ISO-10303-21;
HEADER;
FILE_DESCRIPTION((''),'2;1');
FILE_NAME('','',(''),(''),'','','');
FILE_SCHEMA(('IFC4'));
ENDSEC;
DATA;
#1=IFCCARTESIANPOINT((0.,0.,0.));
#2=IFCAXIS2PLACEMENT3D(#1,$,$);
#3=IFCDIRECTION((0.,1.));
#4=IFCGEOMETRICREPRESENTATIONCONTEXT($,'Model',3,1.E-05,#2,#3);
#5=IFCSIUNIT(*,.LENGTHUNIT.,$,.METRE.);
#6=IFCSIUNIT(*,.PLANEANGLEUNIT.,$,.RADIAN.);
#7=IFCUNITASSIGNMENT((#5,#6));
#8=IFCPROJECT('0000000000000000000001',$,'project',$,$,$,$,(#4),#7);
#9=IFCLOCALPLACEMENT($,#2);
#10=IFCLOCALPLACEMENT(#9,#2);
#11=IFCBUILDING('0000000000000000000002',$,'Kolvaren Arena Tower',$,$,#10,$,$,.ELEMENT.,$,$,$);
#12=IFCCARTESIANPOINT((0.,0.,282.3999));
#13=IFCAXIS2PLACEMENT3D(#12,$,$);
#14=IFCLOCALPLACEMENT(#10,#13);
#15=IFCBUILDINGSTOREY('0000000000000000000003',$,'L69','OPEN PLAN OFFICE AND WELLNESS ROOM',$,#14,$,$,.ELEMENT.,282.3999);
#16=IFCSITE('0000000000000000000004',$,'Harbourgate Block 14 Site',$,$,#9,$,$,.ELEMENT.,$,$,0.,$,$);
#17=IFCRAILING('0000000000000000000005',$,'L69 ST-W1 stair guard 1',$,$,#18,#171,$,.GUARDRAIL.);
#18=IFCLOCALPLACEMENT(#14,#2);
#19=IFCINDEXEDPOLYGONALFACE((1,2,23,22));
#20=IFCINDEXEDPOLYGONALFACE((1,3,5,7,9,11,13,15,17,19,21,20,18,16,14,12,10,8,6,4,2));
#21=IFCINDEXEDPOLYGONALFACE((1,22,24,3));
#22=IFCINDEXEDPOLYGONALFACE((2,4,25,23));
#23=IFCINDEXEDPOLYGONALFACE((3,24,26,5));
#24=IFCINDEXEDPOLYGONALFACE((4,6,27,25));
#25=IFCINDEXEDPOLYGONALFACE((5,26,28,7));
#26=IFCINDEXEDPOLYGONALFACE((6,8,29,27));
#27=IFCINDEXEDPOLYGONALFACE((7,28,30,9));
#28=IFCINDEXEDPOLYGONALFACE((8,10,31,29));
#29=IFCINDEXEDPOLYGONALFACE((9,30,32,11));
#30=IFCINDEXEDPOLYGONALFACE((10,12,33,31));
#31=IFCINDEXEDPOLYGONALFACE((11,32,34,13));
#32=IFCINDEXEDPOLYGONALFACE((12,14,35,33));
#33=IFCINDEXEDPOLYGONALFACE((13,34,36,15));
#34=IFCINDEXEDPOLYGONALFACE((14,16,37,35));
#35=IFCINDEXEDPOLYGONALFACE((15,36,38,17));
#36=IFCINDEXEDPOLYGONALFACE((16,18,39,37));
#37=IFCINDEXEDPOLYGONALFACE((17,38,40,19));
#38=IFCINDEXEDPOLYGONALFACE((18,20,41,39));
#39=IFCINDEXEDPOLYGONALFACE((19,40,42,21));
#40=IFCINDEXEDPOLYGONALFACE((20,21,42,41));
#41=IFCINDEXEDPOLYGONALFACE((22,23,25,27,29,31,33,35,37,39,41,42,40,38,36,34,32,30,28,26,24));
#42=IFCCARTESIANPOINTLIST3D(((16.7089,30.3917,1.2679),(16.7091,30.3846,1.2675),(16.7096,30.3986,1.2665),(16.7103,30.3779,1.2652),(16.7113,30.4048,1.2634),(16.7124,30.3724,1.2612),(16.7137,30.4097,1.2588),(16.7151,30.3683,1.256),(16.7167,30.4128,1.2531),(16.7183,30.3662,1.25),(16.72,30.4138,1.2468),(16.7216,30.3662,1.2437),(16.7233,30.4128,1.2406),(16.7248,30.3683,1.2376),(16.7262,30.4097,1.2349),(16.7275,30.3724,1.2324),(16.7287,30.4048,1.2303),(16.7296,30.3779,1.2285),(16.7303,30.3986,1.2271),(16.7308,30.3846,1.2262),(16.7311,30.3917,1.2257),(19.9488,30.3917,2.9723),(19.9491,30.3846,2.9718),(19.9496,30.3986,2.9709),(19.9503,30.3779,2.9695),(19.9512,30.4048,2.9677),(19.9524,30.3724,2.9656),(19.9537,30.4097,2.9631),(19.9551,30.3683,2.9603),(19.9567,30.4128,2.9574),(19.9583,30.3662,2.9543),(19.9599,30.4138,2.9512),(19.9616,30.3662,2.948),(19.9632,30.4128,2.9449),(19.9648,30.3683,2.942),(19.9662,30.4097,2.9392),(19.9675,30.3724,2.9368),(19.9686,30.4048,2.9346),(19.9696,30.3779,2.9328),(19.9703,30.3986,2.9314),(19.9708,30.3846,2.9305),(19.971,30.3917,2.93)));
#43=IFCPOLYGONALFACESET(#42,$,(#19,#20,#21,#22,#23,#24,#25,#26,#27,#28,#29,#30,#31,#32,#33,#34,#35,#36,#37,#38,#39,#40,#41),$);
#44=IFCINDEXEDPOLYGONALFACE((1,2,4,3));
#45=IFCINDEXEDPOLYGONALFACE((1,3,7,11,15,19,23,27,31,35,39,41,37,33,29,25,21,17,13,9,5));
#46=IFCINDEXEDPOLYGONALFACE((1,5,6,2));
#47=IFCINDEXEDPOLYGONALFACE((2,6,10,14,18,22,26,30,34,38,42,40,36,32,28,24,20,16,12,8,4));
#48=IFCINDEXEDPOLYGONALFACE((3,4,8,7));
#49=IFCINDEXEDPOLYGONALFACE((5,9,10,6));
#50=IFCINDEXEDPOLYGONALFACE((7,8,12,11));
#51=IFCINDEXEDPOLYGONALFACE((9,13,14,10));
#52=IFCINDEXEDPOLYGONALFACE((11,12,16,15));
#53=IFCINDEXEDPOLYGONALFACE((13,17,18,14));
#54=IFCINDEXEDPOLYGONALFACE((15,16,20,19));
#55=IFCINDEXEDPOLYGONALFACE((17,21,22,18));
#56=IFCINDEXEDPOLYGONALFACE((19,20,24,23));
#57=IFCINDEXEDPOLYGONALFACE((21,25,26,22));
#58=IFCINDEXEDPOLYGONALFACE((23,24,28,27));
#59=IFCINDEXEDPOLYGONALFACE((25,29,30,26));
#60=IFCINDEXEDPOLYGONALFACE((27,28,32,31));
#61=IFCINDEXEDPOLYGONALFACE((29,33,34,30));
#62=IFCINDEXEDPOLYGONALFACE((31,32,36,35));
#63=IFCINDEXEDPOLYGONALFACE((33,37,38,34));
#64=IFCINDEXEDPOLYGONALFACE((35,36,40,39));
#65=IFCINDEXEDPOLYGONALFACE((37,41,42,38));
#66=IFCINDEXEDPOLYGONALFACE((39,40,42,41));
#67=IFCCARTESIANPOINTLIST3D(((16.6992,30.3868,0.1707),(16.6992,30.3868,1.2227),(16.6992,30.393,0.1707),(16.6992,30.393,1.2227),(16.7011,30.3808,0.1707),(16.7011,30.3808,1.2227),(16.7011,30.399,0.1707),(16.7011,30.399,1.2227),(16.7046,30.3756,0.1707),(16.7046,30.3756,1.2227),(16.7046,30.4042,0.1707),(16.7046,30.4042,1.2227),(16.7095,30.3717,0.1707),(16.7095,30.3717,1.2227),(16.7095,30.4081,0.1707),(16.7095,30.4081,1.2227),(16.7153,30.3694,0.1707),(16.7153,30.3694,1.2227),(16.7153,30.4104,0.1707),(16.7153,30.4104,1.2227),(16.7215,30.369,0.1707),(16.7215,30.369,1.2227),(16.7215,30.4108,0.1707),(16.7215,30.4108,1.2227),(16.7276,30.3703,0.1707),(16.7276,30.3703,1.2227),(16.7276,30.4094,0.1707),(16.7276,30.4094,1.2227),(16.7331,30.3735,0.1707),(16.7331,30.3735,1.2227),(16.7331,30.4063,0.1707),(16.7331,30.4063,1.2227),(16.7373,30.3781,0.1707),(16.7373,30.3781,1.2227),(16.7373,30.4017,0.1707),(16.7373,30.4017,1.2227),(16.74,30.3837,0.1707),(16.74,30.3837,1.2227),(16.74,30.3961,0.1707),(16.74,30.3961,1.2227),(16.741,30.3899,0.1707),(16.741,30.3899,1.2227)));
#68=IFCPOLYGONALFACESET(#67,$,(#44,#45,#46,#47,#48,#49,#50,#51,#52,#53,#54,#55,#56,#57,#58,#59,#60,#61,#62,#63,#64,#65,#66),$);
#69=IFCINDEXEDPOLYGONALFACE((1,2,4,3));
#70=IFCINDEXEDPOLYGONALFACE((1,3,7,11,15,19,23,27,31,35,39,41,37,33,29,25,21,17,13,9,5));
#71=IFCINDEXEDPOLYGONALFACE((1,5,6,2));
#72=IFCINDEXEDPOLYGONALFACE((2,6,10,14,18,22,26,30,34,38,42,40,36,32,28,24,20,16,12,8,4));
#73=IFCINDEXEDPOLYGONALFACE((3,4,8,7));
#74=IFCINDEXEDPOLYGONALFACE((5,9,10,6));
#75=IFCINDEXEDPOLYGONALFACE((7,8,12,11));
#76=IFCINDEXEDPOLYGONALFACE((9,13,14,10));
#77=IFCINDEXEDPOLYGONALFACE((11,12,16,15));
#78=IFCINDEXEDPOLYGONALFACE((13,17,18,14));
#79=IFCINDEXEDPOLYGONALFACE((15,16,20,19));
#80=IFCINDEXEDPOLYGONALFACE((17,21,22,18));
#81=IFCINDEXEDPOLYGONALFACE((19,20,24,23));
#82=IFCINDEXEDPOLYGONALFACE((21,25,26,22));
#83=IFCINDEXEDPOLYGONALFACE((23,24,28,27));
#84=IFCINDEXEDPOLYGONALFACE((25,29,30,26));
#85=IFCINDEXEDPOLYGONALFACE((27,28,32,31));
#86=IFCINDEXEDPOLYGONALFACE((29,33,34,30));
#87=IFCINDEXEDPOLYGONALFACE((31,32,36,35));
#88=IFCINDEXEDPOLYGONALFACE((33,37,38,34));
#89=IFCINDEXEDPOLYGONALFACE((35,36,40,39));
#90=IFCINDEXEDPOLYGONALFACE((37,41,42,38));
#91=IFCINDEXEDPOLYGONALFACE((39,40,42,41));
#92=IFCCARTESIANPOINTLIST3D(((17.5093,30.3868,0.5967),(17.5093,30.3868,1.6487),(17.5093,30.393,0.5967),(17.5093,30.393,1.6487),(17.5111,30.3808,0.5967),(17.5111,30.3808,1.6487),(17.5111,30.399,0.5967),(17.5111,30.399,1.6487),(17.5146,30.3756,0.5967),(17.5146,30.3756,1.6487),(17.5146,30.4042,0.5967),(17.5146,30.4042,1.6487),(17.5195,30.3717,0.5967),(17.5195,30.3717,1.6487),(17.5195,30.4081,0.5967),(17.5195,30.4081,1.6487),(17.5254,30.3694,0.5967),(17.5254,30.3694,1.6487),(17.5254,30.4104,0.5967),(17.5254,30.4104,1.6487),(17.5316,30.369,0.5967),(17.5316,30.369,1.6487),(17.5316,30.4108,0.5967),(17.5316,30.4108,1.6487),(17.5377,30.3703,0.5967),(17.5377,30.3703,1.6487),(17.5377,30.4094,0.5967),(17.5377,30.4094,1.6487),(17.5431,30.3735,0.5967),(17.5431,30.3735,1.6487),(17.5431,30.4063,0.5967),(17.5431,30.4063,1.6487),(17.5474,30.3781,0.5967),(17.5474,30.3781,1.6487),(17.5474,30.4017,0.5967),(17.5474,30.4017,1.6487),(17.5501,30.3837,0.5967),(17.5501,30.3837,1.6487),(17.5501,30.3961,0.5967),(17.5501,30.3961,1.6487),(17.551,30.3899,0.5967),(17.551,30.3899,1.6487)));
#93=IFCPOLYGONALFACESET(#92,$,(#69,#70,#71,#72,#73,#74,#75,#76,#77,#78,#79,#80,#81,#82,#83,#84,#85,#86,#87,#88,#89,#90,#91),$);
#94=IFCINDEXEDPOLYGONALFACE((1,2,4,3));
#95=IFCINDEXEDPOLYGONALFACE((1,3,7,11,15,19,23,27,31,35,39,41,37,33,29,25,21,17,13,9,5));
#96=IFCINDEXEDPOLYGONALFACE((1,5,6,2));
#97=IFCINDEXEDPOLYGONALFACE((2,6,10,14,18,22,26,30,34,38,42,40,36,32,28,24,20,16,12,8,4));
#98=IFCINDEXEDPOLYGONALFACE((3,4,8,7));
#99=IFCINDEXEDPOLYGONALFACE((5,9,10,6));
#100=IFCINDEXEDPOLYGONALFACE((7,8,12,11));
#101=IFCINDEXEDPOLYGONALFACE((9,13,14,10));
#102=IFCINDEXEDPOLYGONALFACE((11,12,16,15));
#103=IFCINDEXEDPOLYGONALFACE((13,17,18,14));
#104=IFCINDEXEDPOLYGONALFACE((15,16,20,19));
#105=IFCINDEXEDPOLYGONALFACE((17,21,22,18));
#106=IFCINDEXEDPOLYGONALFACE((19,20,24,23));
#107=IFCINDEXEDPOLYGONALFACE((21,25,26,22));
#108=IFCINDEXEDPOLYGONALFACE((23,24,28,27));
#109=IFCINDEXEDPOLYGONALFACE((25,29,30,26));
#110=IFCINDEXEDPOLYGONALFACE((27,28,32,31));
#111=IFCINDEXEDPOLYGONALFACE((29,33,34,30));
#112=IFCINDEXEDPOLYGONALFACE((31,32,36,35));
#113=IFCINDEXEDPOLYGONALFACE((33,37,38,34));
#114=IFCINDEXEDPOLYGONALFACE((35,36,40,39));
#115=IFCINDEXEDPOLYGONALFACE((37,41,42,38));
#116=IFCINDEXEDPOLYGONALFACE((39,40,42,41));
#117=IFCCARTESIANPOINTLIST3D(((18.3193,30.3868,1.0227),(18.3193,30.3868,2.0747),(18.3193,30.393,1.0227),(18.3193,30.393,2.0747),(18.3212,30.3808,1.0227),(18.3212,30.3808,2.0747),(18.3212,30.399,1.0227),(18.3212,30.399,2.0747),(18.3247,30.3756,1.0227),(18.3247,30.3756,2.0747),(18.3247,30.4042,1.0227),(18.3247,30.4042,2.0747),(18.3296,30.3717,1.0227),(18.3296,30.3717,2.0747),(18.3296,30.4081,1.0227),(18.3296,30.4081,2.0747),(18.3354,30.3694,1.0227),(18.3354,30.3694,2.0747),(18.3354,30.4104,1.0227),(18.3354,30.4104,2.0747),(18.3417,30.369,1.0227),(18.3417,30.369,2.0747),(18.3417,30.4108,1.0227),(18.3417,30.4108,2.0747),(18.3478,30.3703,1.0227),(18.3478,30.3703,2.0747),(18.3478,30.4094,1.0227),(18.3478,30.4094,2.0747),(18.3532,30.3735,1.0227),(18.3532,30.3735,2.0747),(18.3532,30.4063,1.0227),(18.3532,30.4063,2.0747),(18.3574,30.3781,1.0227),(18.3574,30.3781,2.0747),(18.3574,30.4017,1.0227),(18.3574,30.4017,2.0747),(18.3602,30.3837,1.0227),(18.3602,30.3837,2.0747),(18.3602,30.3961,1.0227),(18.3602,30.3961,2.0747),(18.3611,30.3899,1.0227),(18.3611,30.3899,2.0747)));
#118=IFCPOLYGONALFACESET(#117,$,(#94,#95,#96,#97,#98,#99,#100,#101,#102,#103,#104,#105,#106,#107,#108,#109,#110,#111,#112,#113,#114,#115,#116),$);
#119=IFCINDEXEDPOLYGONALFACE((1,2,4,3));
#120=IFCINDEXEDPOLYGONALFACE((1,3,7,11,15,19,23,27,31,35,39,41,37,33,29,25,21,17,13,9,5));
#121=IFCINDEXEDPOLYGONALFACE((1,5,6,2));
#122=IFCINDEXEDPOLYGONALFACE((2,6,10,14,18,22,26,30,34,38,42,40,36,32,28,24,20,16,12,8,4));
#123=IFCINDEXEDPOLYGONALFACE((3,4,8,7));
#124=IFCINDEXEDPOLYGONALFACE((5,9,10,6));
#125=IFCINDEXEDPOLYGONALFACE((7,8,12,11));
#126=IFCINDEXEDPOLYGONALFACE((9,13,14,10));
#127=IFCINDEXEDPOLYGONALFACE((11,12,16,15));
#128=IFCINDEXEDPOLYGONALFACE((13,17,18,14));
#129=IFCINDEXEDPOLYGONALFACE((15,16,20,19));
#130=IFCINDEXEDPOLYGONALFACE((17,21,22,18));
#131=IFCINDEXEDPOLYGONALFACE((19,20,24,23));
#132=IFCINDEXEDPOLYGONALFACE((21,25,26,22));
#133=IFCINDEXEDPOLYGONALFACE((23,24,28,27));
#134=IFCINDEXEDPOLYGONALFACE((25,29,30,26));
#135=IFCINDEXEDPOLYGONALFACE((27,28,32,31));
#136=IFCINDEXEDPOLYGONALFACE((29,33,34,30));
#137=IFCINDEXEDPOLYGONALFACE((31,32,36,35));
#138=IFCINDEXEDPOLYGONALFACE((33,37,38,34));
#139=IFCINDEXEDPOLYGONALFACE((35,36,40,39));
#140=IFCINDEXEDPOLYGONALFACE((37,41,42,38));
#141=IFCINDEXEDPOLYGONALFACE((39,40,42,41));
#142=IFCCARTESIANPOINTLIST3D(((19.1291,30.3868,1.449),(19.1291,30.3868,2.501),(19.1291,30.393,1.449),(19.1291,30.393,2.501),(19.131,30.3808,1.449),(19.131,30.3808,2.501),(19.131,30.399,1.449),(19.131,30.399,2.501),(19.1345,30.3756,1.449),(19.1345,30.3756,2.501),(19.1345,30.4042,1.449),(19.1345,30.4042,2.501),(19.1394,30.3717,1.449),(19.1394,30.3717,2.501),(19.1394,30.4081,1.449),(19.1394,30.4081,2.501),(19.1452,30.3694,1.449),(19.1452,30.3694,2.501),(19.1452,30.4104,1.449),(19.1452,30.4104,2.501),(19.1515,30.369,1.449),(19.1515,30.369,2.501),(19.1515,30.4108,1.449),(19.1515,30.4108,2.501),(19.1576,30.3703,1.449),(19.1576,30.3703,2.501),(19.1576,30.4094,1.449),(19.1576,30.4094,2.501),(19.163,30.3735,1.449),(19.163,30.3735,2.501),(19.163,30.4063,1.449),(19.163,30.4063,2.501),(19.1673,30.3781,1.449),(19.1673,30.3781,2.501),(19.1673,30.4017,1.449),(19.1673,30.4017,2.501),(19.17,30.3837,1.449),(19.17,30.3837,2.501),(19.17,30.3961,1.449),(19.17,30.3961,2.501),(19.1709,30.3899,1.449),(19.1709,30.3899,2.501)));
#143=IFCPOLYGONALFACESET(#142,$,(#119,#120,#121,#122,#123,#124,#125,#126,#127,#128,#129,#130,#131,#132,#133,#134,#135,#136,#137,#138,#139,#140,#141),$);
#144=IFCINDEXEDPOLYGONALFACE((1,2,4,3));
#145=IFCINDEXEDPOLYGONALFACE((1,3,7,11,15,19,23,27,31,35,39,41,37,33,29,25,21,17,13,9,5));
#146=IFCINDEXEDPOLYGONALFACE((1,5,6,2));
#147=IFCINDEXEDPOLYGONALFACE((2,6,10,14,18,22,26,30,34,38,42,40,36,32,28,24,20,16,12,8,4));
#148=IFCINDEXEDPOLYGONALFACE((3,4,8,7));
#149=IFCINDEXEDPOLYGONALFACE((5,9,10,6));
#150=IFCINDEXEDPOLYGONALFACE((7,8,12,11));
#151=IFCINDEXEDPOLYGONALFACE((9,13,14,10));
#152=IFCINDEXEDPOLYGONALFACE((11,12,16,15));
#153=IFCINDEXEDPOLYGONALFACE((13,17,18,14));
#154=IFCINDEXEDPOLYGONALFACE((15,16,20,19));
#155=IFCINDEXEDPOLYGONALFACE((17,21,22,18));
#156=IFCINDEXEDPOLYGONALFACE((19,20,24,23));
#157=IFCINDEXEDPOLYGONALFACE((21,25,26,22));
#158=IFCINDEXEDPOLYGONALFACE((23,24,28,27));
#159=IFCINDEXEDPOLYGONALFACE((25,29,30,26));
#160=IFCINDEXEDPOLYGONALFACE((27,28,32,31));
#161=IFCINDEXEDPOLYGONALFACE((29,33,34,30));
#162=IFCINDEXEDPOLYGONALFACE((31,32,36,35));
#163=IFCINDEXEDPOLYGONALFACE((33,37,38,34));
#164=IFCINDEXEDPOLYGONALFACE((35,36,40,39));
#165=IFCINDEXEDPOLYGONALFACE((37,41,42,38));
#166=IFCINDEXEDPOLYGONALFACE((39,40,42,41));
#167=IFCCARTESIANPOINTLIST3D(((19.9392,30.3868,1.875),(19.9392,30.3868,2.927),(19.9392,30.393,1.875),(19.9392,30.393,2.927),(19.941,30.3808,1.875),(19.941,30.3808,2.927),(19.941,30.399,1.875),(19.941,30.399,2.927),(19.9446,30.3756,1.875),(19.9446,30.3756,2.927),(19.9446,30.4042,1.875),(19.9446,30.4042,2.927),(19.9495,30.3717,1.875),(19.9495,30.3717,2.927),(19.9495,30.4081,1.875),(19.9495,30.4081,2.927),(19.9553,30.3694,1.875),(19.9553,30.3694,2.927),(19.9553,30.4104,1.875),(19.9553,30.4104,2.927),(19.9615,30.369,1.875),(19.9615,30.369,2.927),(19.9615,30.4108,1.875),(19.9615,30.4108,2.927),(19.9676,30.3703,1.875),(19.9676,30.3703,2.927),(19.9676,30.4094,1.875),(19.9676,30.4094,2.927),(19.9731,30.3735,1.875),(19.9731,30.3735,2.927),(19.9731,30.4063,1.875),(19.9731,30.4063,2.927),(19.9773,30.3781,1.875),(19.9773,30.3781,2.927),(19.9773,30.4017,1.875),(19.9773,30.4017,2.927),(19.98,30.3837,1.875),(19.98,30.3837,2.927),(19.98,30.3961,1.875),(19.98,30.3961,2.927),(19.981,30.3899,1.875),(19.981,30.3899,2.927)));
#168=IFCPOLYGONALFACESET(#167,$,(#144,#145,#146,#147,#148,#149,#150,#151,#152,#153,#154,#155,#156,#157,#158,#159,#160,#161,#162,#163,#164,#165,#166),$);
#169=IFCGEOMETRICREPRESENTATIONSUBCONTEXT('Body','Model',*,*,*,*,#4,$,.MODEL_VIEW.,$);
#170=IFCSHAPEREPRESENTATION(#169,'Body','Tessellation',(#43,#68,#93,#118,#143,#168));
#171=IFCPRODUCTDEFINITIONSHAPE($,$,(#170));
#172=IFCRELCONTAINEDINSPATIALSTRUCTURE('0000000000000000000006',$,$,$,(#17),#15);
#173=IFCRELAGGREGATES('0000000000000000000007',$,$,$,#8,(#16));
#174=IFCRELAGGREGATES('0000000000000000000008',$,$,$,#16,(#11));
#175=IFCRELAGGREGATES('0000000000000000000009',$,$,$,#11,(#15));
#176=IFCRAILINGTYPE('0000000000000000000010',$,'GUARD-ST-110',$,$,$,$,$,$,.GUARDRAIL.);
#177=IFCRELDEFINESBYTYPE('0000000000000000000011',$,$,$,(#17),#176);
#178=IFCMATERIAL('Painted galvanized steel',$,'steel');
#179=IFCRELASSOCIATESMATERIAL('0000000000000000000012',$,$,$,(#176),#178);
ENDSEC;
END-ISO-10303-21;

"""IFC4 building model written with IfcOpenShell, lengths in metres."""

from ifc_helpers import new_model, si_unit, direction, frame, origin, origin_2d, place, context, subcontext, project, spatial, circle, extrude, material, type_object, element, save


model = new_model("IFC4")

# Units and contexts
model_context = context("Model", 3, precision=1e-05, world=origin(), true_north=direction((0.0, 1.0)))
body_context = subcontext(model_context, "Body", "Model", "MODEL_VIEW")
ifc_project = project(units=[si_unit("LENGTHUNIT", "METRE"), si_unit("PLANEANGLEUNIT", "RADIAN")], contexts=[model_context])

# Site, building, storey
site_placement = place(None, origin())
site = spatial("IfcSite", under=ifc_project, at=site_placement, Name="Harbourgate Block 14 Site", CompositionType="ELEMENT", RefElevation=0.0)
building_placement = place(site_placement, origin())
building = spatial("IfcBuilding", under=site, at=building_placement, Name="Kolvaren Arena Tower", CompositionType="ELEMENT")
storey_placement = place(building_placement, frame((0.0, 0.0, 282.3999)))
storey = spatial("IfcBuildingStorey", under=building, at=storey_placement, Name="L69", Description="OPEN PLAN OFFICE AND WELLNESS ROOM", CompositionType="ELEMENT", Elevation=282.3999)

# Railing
ifc_material_1 = material(Name="Painted galvanized steel", Category="steel")
railing_type_1 = type_object("IfcRailingType", Name="GUARD-ST-110", PredefinedType="GUARDRAIL", material=ifc_material_1)
railing_1_placement = place(storey_placement, frame((16.72, 30.3899, 0.1707)))
element("IfcRailing", 1, at=railing_1_placement, inside=storey, type_object=railing_type_1, Name="L69 ST-W1 stair guard 1", PredefinedType="GUARDRAIL", context=body_context, shape_type="SweptSolid", body=[
    extrude(circle(Radius=0.0239, at=origin_2d()), frame((0.0, 0.0, 1.0762), z_axis=(0.885021, 0.0, 0.465551), x_axis=(0.0, 1.0, 0.0)), (0.0, 0.0, 1.0), 3.6609),
    extrude(circle(Radius=0.021, at=origin_2d()), origin(), (0.0, 0.0, 1.0), 1.052),
    extrude(circle(Radius=0.021, at=origin_2d()), frame((0.8101, 0.0, 0.426)), (0.0, 0.0, 1.0), 1.052),
    extrude(circle(Radius=0.021, at=origin_2d()), frame((1.6201, 0.0, 0.8521)), (0.0, 0.0, 1.0), 1.052),
    extrude(circle(Radius=0.021, at=origin_2d()), frame((2.4299, 0.0, 1.2783)), (0.0, 0.0, 1.0), 1.052),
    extrude(circle(Radius=0.021, at=origin_2d()), frame((3.24, 0.0, 1.7043)), (0.0, 0.0, 1.0), 1.052),
])

save(model, "model.ifc")
